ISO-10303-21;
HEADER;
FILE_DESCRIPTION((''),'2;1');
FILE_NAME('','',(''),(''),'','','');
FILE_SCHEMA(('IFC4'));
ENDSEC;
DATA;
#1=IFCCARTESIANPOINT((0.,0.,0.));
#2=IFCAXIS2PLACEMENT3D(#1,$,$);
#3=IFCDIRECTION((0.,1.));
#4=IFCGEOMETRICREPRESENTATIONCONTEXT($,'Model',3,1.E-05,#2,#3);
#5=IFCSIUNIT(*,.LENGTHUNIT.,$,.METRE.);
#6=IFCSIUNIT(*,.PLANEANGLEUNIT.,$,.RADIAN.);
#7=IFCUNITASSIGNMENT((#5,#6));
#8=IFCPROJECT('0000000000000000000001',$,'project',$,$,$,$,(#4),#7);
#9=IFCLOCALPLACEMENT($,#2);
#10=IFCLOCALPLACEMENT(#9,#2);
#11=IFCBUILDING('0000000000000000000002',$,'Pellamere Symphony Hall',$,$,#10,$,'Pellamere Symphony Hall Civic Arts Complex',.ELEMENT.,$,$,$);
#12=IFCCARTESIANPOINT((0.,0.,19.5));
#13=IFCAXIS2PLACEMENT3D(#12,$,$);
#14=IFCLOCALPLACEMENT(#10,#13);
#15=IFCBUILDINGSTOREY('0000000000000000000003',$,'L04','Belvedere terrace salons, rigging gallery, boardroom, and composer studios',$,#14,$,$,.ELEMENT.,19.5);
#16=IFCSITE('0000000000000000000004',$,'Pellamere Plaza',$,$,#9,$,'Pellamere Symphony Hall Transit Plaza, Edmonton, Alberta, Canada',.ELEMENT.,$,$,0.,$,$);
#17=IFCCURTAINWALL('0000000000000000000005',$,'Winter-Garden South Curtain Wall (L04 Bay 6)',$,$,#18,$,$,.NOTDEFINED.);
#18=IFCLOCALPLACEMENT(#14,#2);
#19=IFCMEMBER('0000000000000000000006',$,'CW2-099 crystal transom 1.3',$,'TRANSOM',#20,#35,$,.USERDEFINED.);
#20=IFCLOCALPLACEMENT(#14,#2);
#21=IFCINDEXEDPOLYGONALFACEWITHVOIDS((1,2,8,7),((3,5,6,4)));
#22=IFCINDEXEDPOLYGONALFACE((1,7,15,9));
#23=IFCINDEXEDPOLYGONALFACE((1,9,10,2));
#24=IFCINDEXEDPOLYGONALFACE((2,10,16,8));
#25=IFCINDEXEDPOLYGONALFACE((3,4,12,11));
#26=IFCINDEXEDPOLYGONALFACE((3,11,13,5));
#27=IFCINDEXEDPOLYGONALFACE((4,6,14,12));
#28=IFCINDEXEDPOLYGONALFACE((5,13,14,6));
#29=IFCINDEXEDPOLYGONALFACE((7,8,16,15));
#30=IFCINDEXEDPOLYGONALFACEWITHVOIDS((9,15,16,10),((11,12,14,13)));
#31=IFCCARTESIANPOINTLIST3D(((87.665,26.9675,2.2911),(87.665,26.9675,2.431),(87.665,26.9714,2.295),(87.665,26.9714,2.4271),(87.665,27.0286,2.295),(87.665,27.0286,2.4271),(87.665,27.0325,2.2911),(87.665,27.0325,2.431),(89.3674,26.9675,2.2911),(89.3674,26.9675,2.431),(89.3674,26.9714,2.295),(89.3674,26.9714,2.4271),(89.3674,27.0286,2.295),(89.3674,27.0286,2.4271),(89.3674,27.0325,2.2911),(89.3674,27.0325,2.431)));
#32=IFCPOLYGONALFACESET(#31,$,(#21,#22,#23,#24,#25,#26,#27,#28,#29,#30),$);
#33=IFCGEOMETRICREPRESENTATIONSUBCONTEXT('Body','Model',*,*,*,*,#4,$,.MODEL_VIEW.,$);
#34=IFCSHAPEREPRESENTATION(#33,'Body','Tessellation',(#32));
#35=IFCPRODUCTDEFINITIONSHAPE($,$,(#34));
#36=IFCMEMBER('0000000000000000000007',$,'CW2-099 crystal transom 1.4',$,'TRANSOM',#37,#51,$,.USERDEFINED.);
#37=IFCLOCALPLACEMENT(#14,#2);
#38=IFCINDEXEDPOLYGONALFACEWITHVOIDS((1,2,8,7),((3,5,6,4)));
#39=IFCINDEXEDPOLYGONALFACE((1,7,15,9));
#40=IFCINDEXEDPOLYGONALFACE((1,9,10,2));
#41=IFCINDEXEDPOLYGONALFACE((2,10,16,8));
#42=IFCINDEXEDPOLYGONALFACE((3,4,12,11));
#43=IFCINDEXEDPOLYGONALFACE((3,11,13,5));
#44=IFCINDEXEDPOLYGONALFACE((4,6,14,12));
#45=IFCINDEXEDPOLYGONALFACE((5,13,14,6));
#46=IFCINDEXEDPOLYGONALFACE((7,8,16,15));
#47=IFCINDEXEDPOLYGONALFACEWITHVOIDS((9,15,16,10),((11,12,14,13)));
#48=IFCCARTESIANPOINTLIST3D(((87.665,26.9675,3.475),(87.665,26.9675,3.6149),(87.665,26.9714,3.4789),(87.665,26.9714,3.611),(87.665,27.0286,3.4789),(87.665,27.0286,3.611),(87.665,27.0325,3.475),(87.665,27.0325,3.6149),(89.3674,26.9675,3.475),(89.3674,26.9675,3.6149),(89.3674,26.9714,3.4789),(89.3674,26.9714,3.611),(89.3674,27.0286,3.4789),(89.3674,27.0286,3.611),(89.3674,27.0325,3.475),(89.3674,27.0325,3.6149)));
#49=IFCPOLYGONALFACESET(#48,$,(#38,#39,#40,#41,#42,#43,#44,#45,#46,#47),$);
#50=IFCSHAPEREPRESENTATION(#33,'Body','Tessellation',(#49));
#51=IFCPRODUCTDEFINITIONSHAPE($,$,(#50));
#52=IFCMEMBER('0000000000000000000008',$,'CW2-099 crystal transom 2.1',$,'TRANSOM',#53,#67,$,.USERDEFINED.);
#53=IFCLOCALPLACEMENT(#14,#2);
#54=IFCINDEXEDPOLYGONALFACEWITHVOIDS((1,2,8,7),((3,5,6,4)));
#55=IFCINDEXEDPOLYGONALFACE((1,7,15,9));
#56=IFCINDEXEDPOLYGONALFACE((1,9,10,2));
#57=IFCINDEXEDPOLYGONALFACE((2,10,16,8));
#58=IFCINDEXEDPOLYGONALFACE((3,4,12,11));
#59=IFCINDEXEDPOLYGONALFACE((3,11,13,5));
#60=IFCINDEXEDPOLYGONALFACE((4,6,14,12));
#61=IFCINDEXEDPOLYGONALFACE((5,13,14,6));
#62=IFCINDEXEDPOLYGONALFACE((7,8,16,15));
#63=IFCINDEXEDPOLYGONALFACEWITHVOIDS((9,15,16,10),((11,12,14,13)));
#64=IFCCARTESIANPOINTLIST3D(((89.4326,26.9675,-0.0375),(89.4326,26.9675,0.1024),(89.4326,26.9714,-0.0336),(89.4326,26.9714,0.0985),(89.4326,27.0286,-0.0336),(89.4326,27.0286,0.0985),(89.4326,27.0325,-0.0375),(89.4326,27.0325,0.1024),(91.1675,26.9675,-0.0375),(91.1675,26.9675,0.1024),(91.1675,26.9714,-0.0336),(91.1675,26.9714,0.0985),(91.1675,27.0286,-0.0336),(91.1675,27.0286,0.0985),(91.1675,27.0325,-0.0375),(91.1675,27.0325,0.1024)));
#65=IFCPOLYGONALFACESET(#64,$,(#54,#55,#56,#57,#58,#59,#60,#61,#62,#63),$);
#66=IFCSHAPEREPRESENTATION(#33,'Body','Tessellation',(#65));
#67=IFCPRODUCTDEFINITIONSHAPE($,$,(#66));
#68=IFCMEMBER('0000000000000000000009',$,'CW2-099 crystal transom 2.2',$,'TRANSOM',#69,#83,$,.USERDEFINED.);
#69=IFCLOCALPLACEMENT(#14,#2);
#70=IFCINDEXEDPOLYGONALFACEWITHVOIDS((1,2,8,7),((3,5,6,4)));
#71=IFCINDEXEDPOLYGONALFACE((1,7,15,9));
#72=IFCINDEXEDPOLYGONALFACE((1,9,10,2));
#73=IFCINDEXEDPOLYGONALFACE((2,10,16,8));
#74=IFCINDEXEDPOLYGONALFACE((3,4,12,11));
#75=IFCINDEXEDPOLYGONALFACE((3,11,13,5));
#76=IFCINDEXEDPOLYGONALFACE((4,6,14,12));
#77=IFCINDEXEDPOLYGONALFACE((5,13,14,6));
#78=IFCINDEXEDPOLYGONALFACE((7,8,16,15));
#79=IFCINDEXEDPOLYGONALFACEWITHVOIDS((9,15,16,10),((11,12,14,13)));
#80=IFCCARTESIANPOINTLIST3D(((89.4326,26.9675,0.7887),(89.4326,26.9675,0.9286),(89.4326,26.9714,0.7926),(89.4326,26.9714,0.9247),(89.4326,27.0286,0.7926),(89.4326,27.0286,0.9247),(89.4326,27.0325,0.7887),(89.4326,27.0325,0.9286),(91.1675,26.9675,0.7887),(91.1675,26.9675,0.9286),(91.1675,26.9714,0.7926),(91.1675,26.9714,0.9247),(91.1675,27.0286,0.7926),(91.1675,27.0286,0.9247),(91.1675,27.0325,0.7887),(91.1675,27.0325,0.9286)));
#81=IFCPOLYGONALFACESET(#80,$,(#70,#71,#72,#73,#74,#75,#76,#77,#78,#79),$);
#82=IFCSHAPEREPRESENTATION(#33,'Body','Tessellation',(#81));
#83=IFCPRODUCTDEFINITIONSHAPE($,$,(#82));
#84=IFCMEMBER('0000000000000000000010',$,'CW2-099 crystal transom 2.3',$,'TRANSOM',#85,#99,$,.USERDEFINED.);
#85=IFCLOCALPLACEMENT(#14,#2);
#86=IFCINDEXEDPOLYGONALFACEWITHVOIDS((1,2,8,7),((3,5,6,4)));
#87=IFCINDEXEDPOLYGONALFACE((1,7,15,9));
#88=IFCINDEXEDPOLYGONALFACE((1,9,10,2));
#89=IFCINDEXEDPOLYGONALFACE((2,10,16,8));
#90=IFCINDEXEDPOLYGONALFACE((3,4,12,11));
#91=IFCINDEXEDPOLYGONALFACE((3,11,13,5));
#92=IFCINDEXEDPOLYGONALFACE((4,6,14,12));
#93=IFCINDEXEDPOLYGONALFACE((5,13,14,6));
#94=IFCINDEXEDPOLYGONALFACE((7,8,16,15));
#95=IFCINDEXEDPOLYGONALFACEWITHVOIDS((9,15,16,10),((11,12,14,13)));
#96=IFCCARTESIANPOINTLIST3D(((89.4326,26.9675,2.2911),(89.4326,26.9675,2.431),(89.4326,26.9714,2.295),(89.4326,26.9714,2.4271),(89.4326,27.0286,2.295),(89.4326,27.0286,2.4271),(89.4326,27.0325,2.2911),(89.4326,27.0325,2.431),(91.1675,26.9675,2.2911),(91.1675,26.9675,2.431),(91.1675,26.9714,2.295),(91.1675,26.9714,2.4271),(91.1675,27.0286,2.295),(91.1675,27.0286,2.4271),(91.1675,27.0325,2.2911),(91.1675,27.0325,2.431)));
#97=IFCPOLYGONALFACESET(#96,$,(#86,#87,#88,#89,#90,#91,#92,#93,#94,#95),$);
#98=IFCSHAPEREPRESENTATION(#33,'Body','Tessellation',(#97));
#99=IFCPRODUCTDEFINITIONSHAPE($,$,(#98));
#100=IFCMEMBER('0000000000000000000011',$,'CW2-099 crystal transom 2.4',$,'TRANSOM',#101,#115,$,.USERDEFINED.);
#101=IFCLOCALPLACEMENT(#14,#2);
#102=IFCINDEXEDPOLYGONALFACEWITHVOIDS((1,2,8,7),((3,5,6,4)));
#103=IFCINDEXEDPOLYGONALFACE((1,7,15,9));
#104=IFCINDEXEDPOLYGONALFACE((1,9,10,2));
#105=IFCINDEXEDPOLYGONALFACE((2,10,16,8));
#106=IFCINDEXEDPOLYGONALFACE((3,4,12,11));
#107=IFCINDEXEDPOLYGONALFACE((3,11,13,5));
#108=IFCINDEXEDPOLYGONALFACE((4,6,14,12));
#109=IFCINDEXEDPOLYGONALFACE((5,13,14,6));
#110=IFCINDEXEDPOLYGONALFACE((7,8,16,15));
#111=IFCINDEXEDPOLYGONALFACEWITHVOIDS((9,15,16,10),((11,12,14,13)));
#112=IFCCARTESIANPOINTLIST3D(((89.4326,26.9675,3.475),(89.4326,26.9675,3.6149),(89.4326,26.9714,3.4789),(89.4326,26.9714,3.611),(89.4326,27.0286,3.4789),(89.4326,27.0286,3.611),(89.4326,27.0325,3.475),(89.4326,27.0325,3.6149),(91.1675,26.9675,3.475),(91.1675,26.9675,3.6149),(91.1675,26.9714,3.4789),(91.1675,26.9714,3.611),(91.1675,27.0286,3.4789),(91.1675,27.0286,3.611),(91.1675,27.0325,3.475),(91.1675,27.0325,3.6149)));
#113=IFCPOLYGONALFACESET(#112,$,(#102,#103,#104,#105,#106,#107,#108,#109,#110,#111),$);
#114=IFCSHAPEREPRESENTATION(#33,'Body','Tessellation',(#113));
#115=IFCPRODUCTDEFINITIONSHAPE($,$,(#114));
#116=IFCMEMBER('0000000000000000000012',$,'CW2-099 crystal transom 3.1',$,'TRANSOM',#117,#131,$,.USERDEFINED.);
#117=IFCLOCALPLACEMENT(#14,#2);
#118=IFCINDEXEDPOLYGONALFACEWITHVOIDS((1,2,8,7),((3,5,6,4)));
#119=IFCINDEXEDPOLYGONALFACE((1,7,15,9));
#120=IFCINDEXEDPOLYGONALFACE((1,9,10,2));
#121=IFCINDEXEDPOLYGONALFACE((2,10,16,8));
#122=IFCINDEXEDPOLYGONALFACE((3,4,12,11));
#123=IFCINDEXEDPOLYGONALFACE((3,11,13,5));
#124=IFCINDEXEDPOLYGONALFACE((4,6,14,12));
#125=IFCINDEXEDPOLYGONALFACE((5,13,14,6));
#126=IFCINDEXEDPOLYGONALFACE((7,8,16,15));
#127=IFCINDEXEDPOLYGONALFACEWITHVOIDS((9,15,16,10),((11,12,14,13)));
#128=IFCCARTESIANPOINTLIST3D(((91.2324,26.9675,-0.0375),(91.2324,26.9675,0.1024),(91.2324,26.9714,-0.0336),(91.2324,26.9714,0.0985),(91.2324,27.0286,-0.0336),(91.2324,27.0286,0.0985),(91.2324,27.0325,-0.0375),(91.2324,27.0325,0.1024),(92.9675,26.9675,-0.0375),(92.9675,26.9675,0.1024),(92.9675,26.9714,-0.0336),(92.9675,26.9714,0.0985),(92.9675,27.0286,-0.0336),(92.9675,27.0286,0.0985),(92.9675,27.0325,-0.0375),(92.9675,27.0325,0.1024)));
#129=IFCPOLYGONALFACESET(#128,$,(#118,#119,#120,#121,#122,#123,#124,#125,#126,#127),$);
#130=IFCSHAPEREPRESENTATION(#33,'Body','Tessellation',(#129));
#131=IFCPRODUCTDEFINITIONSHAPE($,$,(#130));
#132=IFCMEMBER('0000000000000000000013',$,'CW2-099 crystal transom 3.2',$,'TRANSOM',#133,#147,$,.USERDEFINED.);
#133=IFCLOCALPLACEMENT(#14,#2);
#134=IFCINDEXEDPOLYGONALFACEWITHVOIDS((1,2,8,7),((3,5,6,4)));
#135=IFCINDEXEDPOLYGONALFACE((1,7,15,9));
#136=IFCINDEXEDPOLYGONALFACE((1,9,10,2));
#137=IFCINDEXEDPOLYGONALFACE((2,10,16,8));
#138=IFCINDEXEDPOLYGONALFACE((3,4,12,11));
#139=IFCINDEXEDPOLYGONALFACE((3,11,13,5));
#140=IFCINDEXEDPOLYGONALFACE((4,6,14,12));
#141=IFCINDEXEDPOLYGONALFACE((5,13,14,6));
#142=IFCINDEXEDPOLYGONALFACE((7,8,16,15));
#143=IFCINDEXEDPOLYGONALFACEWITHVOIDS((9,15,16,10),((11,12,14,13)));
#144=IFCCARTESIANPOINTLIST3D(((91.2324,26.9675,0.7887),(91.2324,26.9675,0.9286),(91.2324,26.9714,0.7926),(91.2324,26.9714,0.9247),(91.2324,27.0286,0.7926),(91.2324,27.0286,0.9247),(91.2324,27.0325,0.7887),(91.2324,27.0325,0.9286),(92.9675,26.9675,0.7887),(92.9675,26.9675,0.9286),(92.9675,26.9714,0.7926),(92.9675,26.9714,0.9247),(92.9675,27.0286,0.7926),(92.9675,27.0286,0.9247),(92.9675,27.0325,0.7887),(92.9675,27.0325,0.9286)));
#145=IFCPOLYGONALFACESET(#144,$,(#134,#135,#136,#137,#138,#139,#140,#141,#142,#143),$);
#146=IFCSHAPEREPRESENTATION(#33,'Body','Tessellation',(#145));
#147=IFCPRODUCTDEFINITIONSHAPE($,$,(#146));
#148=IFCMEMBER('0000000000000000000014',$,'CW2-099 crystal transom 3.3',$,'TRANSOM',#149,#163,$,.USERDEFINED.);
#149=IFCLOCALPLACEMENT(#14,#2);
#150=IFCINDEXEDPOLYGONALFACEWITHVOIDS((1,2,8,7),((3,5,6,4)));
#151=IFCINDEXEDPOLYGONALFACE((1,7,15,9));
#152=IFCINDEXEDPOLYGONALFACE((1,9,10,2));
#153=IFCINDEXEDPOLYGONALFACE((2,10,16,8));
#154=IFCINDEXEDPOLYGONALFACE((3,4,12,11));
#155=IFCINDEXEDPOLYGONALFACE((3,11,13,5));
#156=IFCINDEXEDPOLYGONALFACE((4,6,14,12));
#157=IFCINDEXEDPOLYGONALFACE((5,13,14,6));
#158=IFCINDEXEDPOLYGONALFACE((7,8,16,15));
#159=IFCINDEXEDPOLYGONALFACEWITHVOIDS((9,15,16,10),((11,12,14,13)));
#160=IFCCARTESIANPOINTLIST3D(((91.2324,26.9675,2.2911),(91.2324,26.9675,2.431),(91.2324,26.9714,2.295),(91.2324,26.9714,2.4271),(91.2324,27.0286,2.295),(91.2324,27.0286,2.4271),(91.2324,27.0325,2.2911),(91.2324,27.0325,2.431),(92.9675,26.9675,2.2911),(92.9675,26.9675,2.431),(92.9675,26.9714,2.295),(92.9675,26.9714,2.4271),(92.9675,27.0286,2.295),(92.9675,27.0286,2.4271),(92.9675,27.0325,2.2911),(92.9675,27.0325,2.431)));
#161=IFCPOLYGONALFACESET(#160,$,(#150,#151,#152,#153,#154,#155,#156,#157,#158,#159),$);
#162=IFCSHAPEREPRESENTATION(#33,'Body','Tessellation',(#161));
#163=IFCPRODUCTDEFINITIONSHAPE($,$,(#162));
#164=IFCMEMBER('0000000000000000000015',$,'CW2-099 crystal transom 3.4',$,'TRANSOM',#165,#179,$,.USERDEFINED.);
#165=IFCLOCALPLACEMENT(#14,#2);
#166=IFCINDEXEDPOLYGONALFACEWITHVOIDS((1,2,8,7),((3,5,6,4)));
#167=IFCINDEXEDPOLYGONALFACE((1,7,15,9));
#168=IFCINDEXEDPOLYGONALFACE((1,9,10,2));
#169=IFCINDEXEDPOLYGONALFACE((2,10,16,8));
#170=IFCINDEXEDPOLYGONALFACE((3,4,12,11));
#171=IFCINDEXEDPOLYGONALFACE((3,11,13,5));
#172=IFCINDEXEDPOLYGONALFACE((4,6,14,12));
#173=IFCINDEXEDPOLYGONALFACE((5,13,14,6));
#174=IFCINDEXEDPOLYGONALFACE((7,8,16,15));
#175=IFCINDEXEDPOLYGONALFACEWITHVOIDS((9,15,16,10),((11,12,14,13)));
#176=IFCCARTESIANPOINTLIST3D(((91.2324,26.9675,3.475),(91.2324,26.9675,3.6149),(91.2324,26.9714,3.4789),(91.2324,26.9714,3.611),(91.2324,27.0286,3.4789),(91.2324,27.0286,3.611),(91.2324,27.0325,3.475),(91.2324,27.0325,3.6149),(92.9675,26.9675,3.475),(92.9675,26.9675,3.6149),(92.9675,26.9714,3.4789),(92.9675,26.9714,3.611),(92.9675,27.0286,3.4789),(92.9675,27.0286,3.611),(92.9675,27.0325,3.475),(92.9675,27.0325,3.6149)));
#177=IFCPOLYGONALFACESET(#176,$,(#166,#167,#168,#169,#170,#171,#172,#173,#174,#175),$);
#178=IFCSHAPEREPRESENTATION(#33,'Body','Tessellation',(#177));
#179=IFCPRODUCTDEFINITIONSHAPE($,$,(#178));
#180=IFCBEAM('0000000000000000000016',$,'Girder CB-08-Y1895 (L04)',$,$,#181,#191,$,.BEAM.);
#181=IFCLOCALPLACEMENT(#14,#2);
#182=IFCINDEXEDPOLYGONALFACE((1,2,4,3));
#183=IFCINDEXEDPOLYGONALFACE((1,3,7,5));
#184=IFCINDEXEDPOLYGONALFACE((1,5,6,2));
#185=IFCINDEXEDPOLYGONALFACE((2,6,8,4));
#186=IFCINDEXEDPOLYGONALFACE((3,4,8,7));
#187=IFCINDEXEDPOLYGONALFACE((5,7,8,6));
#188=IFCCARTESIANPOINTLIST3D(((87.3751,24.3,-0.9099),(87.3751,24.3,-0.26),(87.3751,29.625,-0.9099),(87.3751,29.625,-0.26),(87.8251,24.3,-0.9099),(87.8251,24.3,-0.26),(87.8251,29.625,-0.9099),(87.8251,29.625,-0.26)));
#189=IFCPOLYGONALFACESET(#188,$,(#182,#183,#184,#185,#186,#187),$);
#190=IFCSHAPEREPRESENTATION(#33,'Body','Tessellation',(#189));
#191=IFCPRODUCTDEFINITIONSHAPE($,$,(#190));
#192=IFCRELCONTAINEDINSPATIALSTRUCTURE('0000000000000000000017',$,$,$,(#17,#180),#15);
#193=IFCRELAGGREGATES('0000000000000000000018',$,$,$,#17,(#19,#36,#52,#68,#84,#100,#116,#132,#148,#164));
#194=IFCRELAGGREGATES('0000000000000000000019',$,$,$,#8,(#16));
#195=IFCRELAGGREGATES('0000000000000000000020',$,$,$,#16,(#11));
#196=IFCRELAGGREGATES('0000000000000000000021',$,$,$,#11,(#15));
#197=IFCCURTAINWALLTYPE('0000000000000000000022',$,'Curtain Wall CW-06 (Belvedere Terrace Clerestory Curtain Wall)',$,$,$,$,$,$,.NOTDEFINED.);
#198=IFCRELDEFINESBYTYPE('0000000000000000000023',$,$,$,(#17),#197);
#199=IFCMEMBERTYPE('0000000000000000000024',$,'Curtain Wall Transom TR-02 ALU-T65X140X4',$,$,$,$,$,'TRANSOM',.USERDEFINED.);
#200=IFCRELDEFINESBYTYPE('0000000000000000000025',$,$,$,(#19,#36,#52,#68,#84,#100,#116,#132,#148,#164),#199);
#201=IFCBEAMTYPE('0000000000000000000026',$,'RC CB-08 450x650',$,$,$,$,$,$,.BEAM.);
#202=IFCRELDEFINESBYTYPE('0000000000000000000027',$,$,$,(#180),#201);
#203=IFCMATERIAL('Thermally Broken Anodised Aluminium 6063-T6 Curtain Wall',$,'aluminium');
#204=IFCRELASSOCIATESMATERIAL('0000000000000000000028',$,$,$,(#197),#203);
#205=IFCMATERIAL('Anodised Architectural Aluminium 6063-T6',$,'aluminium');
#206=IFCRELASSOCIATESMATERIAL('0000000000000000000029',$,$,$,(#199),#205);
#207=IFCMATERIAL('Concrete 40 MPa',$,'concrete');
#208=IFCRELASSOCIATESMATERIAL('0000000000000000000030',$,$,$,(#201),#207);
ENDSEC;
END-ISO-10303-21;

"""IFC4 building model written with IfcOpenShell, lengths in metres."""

from ifc_helpers import new_model, si_unit, direction, frame, origin, origin_2d, place, context, subcontext, project, spatial, rectangle, hollow_rectangle, extrude, material, material_profile, profile_set, type_object, element, aggregate, save


model = new_model("IFC4")

# Units and contexts
model_context = context("Model", 3, precision=1e-05, world=origin(), true_north=direction((0.0, 1.0)))
body_context = subcontext(model_context, "Body", "Model", "MODEL_VIEW")
ifc_project = project(units=[si_unit("LENGTHUNIT", "METRE"), si_unit("PLANEANGLEUNIT", "RADIAN")], contexts=[model_context])

# Site, building, storey
site_placement = place(None, origin())
site = spatial("IfcSite", under=ifc_project, at=site_placement, Name="Pellamere Plaza", LongName="Pellamere Symphony Hall Transit Plaza, Edmonton, Alberta, Canada", CompositionType="ELEMENT", RefElevation=0.0)
building_placement = place(site_placement, origin())
building = spatial("IfcBuilding", under=site, at=building_placement, Name="Pellamere Symphony Hall", LongName="Pellamere Symphony Hall Civic Arts Complex", CompositionType="ELEMENT")
storey_placement = place(building_placement, frame((0.0, 0.0, 19.5)))
storey = spatial("IfcBuildingStorey", under=building, at=storey_placement, Name="L04", Description="Belvedere terrace salons, rigging gallery, boardroom, and composer studios", CompositionType="ELEMENT", Elevation=19.5)

# Shared definitions
ifc_material_1 = material(Name="Thermally Broken Anodised Aluminium 6063-T6 Curtain Wall", Category="aluminium")
ifc_material_2 = material(Name="Anodised Architectural Aluminium 6063-T6", Category="aluminium")
curtain_wall_type_1 = type_object("IfcCurtainWallType", Name="Curtain Wall CW-06 (Belvedere Terrace Clerestory Curtain Wall)", PredefinedType="NOTDEFINED", material=ifc_material_1)

# Curtain wall
curtain_wall_1_placement = place(storey_placement, origin())
curtain_wall_1 = element("IfcCurtainWall", 1, at=curtain_wall_1_placement, inside=storey, type_object=curtain_wall_type_1, Name="Winter-Garden South Curtain Wall (L04 Bay 6)", PredefinedType="NOTDEFINED")

# Members
ifc_material_profile_1 = material_profile(ifc_material_2, hollow_rectangle(XDim=0.0649, YDim=0.1399, WallThickness=0.0039, at=origin_2d()), Name="ALU-T65X140X4")
ifc_profile_set_1 = profile_set([ifc_material_profile_1], Name="Anodised Architectural Aluminium 6063-T6")
member_type_1 = type_object("IfcMemberType", Name="Curtain Wall Transom TR-02 ALU-T65X140X4", ElementType="TRANSOM", PredefinedType="USERDEFINED", material=ifc_profile_set_1)
member_1_placement = place(storey_placement, frame((87.665, 27.0, 2.3611), z_axis=(1.0, 0.0, 0.0), x_axis=(0.0, 1.0, 0.0)))
member_1 = element("IfcMember", 2, at=member_1_placement, type_object=member_type_1, Name="CW2-099 crystal transom 1.3", ObjectType="TRANSOM", PredefinedType="USERDEFINED", context=body_context, shape_type="SweptSolid", body=[
    extrude(hollow_rectangle(XDim=0.0649, YDim=0.1399, WallThickness=0.0039, at=origin_2d()), origin(), (0.0, 0.0, 1.0), 1.7024),
])
member_2_placement = place(storey_placement, frame((87.665, 27.0, 3.5449), z_axis=(1.0, 0.0, 0.0), x_axis=(0.0, 1.0, 0.0)))
member_2 = element("IfcMember", 3, at=member_2_placement, type_object=member_type_1, Name="CW2-099 crystal transom 1.4", ObjectType="TRANSOM", PredefinedType="USERDEFINED", context=body_context, shape_type="SweptSolid", body=[
    extrude(hollow_rectangle(XDim=0.0649, YDim=0.1399, WallThickness=0.0039, at=origin_2d()), origin(), (0.0, 0.0, 1.0), 1.7024),
])
member_3_placement = place(storey_placement, frame((89.4326, 27.0, 0.0325), z_axis=(1.0, 0.0, 0.0), x_axis=(0.0, 1.0, 0.0)))
member_3 = element("IfcMember", 4, at=member_3_placement, type_object=member_type_1, Name="CW2-099 crystal transom 2.1", ObjectType="TRANSOM", PredefinedType="USERDEFINED", context=body_context, shape_type="SweptSolid", body=[
    extrude(hollow_rectangle(XDim=0.0649, YDim=0.1399, WallThickness=0.0039, at=origin_2d()), origin(), (0.0, 0.0, 1.0), 1.7349),
])
member_4_placement = place(storey_placement, frame((89.4326, 27.0, 0.8586), z_axis=(1.0, 0.0, 0.0), x_axis=(0.0, 1.0, 0.0)))
member_4 = element("IfcMember", 5, at=member_4_placement, type_object=member_type_1, Name="CW2-099 crystal transom 2.2", ObjectType="TRANSOM", PredefinedType="USERDEFINED", context=body_context, shape_type="SweptSolid", body=[
    extrude(hollow_rectangle(XDim=0.0649, YDim=0.1399, WallThickness=0.0039, at=origin_2d()), origin(), (0.0, 0.0, 1.0), 1.7349),
])
member_5_placement = place(storey_placement, frame((89.4326, 27.0, 2.3611), z_axis=(1.0, 0.0, 0.0), x_axis=(0.0, 1.0, 0.0)))
member_5 = element("IfcMember", 6, at=member_5_placement, type_object=member_type_1, Name="CW2-099 crystal transom 2.3", ObjectType="TRANSOM", PredefinedType="USERDEFINED", context=body_context, shape_type="SweptSolid", body=[
    extrude(hollow_rectangle(XDim=0.0649, YDim=0.1399, WallThickness=0.0039, at=origin_2d()), origin(), (0.0, 0.0, 1.0), 1.7349),
])
member_6_placement = place(storey_placement, frame((89.4326, 27.0, 3.5449), z_axis=(1.0, 0.0, 0.0), x_axis=(0.0, 1.0, 0.0)))
member_6 = element("IfcMember", 7, at=member_6_placement, type_object=member_type_1, Name="CW2-099 crystal transom 2.4", ObjectType="TRANSOM", PredefinedType="USERDEFINED", context=body_context, shape_type="SweptSolid", body=[
    extrude(hollow_rectangle(XDim=0.0649, YDim=0.1399, WallThickness=0.0039, at=origin_2d()), origin(), (0.0, 0.0, 1.0), 1.7349),
])
member_7_placement = place(storey_placement, frame((91.2324, 27.0, 0.0325), z_axis=(1.0, 0.0, 0.0), x_axis=(0.0, 1.0, 0.0)))
member_7 = element("IfcMember", 8, at=member_7_placement, type_object=member_type_1, Name="CW2-099 crystal transom 3.1", ObjectType="TRANSOM", PredefinedType="USERDEFINED", context=body_context, shape_type="SweptSolid", body=[
    extrude(hollow_rectangle(XDim=0.0649, YDim=0.1399, WallThickness=0.0039, at=origin_2d()), origin(), (0.0, 0.0, 1.0), 1.7351),
])
member_8_placement = place(storey_placement, frame((91.2324, 27.0, 0.8586), z_axis=(1.0, 0.0, 0.0), x_axis=(0.0, 1.0, 0.0)))
member_8 = element("IfcMember", 9, at=member_8_placement, type_object=member_type_1, Name="CW2-099 crystal transom 3.2", ObjectType="TRANSOM", PredefinedType="USERDEFINED", context=body_context, shape_type="SweptSolid", body=[
    extrude(hollow_rectangle(XDim=0.0649, YDim=0.1399, WallThickness=0.0039, at=origin_2d()), origin(), (0.0, 0.0, 1.0), 1.7351),
])
member_9_placement = place(storey_placement, frame((91.2324, 27.0, 2.3611), z_axis=(1.0, 0.0, 0.0), x_axis=(0.0, 1.0, 0.0)))
member_9 = element("IfcMember", 10, at=member_9_placement, type_object=member_type_1, Name="CW2-099 crystal transom 3.3", ObjectType="TRANSOM", PredefinedType="USERDEFINED", context=body_context, shape_type="SweptSolid", body=[
    extrude(hollow_rectangle(XDim=0.0649, YDim=0.1399, WallThickness=0.0039, at=origin_2d()), origin(), (0.0, 0.0, 1.0), 1.7351),
])
member_10_placement = place(storey_placement, frame((91.2324, 27.0, 3.5449), z_axis=(1.0, 0.0, 0.0), x_axis=(0.0, 1.0, 0.0)))
member_10 = element("IfcMember", 11, at=member_10_placement, type_object=member_type_1, Name="CW2-099 crystal transom 3.4", ObjectType="TRANSOM", PredefinedType="USERDEFINED", context=body_context, shape_type="SweptSolid", body=[
    extrude(hollow_rectangle(XDim=0.0649, YDim=0.1399, WallThickness=0.0039, at=origin_2d()), origin(), (0.0, 0.0, 1.0), 1.7351),
])

# Beam
ifc_material_3 = material(Name="Concrete 40 MPa", Category="concrete")
ifc_material_profile_2 = material_profile(ifc_material_3, rectangle(XDim=0.45, YDim=0.6499, at=origin_2d()), Name="RC 450x650")
ifc_profile_set_2 = profile_set([ifc_material_profile_2], Name="Concrete 40 MPa")
beam_type_1 = type_object("IfcBeamType", Name="RC CB-08 450x650", PredefinedType="BEAM", material=ifc_profile_set_2)
beam_1_placement = place(storey_placement, frame((87.6001, 24.3, -0.585), z_axis=(0.0, 1.0, 0.0), x_axis=(-1.0, 0.0, 0.0)))
element("IfcBeam", 12, at=beam_1_placement, inside=storey, type_object=beam_type_1, Name="Girder CB-08-Y1895 (L04)", PredefinedType="BEAM", context=body_context, shape_type="SweptSolid", body=[
    extrude(rectangle(XDim=0.45, YDim=0.6499, at=origin_2d()), origin(), (0.0, 0.0, 1.0), 5.325),
])

aggregate(curtain_wall_1, [member_1, member_2, member_3, member_4, member_5, member_6, member_7, member_8, member_9, member_10])

save(model, "model.ifc")
